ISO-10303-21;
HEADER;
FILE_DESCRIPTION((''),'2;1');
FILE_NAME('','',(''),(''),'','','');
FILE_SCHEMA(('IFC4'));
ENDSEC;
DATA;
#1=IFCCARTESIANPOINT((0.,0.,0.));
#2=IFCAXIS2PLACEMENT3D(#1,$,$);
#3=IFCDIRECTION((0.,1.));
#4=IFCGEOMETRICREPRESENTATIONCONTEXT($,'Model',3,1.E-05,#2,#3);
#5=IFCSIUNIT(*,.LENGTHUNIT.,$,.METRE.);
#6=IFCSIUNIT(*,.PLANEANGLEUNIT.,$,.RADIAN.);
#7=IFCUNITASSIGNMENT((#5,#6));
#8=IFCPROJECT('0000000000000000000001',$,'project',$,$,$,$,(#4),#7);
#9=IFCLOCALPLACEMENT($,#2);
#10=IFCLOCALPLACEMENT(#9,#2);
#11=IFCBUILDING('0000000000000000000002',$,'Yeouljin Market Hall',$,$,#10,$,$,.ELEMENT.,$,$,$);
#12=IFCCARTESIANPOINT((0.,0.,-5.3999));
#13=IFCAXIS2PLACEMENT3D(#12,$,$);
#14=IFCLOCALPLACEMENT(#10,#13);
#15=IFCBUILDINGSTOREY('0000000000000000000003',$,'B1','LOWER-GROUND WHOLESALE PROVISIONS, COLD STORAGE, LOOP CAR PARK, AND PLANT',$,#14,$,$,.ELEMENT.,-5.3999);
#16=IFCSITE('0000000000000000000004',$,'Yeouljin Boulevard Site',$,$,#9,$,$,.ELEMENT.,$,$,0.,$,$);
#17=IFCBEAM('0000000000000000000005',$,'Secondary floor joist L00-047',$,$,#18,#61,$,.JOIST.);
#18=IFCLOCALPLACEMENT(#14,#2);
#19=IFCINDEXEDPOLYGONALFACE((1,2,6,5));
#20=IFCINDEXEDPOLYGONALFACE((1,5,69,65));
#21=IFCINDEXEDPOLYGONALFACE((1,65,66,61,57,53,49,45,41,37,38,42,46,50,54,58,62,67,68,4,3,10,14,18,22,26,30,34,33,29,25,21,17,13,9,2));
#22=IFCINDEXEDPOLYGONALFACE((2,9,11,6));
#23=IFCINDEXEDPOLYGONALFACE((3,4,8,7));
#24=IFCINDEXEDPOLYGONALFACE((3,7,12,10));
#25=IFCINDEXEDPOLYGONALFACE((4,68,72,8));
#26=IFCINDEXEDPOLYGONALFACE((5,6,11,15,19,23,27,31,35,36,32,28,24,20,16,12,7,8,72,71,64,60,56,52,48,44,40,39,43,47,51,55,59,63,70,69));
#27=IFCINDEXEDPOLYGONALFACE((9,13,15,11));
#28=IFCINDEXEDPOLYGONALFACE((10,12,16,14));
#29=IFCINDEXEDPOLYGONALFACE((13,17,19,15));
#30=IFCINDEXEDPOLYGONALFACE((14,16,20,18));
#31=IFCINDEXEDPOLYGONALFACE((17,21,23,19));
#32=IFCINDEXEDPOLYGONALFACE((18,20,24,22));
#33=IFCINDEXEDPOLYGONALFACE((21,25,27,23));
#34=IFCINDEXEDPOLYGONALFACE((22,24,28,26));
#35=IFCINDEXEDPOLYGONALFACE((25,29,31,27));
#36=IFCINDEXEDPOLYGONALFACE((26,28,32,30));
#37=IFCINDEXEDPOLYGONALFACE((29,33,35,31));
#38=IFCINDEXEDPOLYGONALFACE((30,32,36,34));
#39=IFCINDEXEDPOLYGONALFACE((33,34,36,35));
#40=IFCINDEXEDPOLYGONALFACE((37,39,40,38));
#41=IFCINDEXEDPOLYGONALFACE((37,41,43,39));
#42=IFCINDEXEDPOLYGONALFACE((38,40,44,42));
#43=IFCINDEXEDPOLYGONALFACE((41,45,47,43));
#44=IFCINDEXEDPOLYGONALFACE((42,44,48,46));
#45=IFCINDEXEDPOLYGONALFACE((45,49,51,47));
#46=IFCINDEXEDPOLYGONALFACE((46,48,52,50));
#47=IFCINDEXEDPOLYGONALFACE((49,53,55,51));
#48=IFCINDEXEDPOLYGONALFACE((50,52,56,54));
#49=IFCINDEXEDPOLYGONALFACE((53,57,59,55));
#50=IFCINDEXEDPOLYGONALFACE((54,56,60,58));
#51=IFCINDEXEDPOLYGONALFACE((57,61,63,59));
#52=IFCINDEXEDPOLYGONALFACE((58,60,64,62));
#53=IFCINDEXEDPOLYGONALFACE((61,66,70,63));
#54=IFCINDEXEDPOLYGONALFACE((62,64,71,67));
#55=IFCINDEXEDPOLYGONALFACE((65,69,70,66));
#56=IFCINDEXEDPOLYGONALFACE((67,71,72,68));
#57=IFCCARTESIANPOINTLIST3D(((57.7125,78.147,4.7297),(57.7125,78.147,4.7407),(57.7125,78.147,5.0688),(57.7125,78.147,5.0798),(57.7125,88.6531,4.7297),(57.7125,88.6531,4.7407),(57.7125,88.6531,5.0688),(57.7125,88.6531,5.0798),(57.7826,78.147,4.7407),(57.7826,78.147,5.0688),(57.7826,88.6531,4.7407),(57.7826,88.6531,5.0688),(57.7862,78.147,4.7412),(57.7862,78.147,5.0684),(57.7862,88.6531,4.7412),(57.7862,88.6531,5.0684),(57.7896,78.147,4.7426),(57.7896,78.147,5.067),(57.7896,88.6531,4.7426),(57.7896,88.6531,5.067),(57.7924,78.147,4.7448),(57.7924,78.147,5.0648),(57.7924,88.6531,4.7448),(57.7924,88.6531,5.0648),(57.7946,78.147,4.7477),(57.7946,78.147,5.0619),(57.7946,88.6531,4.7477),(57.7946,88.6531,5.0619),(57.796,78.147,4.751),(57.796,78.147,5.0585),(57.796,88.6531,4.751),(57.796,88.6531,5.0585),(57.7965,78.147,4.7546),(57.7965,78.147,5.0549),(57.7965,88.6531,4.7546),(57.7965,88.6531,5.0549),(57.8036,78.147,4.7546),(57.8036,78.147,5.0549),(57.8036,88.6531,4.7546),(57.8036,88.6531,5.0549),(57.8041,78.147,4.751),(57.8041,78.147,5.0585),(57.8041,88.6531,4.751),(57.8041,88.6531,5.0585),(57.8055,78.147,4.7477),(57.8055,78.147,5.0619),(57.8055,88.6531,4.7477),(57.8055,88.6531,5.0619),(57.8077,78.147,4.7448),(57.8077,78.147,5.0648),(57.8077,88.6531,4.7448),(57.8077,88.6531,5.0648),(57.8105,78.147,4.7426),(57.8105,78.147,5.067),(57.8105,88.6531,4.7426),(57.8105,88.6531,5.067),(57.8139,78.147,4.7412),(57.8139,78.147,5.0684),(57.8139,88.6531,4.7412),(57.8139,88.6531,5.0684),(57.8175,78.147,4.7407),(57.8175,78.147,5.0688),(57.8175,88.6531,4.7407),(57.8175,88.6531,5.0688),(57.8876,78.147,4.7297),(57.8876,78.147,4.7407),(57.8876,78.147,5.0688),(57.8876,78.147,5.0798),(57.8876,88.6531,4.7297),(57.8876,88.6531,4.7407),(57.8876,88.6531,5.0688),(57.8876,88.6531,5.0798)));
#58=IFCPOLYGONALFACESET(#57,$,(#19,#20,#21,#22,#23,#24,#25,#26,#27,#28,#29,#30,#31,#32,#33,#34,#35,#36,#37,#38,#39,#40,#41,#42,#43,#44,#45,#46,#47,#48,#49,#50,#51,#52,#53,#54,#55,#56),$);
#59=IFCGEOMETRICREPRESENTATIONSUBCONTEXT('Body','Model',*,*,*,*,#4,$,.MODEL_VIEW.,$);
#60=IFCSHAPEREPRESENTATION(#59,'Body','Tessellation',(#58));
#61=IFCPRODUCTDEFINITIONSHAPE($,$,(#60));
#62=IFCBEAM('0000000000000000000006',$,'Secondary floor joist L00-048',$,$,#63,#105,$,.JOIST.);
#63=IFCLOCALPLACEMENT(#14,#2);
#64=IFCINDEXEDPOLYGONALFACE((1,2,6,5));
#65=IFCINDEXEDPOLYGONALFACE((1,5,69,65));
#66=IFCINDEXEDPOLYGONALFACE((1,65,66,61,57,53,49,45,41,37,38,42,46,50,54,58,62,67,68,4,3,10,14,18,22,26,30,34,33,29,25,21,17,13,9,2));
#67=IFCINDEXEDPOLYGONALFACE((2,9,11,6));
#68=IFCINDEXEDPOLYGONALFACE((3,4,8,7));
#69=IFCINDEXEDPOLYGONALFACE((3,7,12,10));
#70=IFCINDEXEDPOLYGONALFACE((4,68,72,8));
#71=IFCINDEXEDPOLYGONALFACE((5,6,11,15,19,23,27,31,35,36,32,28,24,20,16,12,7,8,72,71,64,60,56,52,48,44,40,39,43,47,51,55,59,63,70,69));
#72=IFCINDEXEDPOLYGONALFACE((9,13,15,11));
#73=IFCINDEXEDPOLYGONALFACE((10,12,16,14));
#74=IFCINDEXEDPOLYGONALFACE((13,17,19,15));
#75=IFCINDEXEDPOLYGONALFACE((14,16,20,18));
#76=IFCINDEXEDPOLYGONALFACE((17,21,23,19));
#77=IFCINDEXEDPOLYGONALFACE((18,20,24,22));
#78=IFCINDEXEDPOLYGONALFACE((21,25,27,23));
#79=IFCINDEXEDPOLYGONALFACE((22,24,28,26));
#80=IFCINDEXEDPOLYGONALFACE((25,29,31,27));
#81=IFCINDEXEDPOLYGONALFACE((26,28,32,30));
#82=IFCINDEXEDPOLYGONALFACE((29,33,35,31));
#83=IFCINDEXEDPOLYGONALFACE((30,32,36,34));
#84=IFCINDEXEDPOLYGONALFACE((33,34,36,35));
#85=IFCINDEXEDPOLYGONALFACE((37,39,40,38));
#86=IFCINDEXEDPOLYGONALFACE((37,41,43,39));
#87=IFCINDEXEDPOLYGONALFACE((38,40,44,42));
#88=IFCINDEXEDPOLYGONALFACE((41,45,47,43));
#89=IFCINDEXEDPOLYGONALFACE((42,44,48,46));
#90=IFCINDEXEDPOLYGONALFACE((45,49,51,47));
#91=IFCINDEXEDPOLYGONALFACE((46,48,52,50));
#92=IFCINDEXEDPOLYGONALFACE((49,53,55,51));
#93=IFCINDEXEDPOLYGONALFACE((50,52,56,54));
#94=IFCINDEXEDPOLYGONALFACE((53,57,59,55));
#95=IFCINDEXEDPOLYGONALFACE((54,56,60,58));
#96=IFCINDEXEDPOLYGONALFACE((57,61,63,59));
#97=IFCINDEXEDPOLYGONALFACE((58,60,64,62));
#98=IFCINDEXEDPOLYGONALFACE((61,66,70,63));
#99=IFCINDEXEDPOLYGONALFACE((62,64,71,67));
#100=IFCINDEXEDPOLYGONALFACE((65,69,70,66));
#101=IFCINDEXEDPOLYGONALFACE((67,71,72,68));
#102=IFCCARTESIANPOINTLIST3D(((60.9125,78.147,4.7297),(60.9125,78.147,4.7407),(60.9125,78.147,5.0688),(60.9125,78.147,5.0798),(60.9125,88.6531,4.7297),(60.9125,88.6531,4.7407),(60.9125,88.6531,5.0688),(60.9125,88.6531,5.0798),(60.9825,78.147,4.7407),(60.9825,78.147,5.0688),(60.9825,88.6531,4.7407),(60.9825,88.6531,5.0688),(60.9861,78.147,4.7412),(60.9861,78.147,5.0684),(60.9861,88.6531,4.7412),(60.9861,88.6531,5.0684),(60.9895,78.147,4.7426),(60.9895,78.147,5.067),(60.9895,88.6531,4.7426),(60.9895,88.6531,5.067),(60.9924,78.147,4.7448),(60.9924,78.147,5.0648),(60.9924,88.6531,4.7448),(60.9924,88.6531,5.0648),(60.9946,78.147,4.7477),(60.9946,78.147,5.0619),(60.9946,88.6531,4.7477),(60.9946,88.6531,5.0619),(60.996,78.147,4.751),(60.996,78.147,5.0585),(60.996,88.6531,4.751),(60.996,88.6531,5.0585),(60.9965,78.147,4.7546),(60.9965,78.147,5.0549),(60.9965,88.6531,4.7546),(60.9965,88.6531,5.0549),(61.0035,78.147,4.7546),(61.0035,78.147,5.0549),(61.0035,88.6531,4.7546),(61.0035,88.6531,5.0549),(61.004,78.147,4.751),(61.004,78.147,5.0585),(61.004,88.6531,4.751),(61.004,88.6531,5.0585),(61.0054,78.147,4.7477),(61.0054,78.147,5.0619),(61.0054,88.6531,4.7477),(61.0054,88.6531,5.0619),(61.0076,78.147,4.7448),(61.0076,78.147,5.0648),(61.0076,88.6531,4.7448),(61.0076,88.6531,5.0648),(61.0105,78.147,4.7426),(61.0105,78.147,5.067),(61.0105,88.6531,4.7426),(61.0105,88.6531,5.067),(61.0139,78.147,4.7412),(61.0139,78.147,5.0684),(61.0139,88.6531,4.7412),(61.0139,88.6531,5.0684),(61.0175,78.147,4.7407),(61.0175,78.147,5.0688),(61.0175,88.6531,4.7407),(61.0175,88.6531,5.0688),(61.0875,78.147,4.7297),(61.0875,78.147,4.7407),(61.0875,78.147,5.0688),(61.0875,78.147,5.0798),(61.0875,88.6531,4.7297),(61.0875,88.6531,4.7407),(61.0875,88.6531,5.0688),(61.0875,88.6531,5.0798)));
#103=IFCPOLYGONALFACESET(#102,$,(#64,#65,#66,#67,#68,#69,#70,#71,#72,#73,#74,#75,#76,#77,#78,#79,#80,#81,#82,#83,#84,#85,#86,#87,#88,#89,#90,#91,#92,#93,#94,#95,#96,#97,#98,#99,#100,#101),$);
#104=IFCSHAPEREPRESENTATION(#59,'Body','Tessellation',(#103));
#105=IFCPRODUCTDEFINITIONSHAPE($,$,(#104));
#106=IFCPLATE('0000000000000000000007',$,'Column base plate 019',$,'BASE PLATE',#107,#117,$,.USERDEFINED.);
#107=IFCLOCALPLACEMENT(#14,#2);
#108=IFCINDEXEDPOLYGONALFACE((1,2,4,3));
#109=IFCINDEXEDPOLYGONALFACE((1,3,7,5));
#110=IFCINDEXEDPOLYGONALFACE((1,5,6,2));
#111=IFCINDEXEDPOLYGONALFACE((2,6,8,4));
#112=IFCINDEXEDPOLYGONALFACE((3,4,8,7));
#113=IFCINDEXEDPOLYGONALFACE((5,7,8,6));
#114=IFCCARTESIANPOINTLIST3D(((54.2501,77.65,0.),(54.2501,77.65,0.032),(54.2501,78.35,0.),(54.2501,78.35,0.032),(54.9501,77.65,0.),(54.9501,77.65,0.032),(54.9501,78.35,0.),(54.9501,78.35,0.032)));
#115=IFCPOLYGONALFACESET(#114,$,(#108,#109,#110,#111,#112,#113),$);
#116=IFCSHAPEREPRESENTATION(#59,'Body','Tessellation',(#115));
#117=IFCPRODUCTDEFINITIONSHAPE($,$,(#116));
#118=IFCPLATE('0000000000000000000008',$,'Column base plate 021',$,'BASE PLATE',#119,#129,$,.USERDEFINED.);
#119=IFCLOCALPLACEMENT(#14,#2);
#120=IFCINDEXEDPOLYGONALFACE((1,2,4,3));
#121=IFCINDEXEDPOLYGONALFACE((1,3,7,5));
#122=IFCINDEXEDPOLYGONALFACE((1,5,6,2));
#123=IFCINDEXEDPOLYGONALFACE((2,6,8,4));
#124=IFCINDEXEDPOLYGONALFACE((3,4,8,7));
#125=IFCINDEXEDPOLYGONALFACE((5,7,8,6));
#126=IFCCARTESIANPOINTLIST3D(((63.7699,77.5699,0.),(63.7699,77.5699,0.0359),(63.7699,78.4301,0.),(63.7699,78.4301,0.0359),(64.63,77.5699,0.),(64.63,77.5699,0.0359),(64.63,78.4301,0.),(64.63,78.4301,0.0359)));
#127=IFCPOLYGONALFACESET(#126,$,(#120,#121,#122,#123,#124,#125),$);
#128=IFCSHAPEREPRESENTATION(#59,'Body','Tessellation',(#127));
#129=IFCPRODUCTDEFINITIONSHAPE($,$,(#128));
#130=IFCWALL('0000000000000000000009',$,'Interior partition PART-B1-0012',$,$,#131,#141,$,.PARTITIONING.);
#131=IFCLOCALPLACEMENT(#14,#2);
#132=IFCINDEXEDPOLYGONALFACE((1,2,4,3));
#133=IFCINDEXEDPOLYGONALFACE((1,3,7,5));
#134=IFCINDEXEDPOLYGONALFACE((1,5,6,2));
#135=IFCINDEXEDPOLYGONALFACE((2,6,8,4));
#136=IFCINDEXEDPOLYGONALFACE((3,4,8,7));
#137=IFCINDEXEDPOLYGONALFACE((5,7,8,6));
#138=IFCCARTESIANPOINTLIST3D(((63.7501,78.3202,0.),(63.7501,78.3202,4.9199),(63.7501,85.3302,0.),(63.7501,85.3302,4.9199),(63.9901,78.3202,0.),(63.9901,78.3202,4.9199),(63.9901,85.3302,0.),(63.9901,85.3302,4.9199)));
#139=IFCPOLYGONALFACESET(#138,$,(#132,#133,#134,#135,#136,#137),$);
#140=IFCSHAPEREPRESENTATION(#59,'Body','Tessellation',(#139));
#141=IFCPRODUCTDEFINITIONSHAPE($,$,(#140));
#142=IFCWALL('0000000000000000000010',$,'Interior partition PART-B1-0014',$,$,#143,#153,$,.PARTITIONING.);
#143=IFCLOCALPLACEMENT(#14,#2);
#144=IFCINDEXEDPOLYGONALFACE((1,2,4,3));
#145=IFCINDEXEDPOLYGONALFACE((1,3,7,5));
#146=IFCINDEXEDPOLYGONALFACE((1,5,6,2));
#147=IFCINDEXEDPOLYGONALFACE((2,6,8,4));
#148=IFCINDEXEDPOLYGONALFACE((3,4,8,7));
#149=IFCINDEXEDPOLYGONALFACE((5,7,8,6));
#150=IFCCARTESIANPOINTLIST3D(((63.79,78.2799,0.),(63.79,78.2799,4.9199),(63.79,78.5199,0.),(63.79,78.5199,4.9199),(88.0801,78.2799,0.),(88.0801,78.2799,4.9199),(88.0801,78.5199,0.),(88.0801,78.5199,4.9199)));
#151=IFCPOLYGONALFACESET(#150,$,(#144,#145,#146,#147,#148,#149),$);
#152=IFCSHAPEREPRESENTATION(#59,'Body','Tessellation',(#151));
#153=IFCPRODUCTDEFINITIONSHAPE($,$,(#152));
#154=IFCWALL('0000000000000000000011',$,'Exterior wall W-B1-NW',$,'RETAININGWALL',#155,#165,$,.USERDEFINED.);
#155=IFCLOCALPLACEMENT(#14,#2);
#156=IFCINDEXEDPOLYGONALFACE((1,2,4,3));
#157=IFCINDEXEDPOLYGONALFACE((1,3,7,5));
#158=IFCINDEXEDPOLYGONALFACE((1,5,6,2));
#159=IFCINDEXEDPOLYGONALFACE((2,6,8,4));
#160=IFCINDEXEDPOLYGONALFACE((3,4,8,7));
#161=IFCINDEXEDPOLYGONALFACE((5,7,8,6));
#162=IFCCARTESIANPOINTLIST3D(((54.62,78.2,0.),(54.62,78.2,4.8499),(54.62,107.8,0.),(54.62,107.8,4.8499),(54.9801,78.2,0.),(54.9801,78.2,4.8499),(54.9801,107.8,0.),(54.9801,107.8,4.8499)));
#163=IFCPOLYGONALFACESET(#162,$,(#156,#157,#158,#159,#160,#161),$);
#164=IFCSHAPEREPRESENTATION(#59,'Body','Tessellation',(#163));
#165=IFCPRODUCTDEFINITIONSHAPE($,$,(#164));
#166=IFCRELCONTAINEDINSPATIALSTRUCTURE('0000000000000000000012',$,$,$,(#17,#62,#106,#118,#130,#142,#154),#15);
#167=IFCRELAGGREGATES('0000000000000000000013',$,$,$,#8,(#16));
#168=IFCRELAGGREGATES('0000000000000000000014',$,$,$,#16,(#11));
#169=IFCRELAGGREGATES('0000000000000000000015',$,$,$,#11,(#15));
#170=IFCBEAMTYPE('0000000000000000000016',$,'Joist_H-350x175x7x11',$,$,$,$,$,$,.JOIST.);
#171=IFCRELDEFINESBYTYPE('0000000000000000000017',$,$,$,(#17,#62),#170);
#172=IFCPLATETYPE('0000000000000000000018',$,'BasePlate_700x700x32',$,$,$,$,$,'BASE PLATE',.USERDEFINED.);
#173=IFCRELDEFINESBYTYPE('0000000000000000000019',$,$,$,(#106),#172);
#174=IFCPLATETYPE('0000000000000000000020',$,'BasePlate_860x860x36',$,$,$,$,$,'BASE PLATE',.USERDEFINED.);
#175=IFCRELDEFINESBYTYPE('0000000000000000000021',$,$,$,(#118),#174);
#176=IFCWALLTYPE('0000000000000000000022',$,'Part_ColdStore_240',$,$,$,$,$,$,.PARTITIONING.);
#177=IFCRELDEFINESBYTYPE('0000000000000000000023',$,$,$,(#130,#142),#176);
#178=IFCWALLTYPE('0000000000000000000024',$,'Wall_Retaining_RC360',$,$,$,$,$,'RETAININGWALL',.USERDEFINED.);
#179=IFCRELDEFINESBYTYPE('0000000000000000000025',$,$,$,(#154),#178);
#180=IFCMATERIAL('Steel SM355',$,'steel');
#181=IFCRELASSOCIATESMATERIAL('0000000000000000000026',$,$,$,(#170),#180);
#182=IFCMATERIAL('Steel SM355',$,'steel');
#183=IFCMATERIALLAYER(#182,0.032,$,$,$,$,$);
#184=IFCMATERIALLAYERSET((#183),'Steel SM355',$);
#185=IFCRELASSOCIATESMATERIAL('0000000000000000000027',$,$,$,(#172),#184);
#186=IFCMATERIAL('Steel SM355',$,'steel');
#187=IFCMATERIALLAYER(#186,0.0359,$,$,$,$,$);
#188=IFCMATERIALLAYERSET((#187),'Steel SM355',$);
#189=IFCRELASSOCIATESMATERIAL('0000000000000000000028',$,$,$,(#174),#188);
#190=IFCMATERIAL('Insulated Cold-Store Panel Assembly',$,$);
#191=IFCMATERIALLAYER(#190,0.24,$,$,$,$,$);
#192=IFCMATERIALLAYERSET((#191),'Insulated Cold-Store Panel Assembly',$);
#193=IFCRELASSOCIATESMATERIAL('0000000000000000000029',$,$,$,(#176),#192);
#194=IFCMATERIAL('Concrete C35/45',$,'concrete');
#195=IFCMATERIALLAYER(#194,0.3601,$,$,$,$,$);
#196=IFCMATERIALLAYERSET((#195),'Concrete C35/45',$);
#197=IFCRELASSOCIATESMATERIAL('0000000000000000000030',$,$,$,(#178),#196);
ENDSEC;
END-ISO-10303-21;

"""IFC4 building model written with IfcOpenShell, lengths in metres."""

from ifc_helpers import new_model, si_unit, direction, frame, frame_2d, origin, origin_2d, place, context, subcontext, project, spatial, rectangle, i_section, extrude, material, layer, layer_set, material_profile, profile_set, type_object, element, save


model = new_model("IFC4")

# Units and contexts
model_context = context("Model", 3, precision=1e-05, world=origin(), true_north=direction((0.0, 1.0)))
body_context = subcontext(model_context, "Body", "Model", "MODEL_VIEW")
ifc_project = project(units=[si_unit("LENGTHUNIT", "METRE"), si_unit("PLANEANGLEUNIT", "RADIAN")], contexts=[model_context])

# Site, building, storey
site_placement = place(None, origin())
site = spatial("IfcSite", under=ifc_project, at=site_placement, Name="Yeouljin Boulevard Site", CompositionType="ELEMENT", RefElevation=0.0)
building_placement = place(site_placement, origin())
building = spatial("IfcBuilding", under=site, at=building_placement, Name="Yeouljin Market Hall", CompositionType="ELEMENT")
storey_placement = place(building_placement, frame((0.0, 0.0, -5.3999)))
storey = spatial("IfcBuildingStorey", under=building, at=storey_placement, Name="B1", Description="LOWER-GROUND WHOLESALE PROVISIONS, COLD STORAGE, LOOP CAR PARK, AND PLANT", CompositionType="ELEMENT", Elevation=-5.3999)

# Beams
ifc_material_1 = material(Name="Steel SM355", Category="steel")
ifc_material_profile_1 = material_profile(ifc_material_1, i_section(OverallWidth=0.175, OverallDepth=0.3501, WebThickness=0.0071, FlangeThickness=0.011, FilletRadius=0.0139, at=origin_2d()), Name="H-350x175x7x11")
ifc_profile_set_1 = profile_set([ifc_material_profile_1], Name="Steel SM355")
beam_type_1 = type_object("IfcBeamType", Name="Joist_H-350x175x7x11", PredefinedType="JOIST", material=ifc_profile_set_1)
for number, where, z_axis, x_axis, name in (
    (1, (57.8, 78.147, 4.9048), (0.0, 1.0, 0.0), (-1.0, 0.0, 0.0), "Secondary floor joist L00-047"),
    (2, (61.0, 78.147, 4.9048), (0.0, 1.0, 0.0), (-1.0, 0.0, 0.0), "Secondary floor joist L00-048"),
):
    element("IfcBeam", number, at=place(storey_placement, frame(where, z_axis=z_axis, x_axis=x_axis)), inside=storey, type_object=beam_type_1, Name=name, PredefinedType="JOIST", context=body_context, shape_type="SweptSolid", body=[
        extrude(i_section(OverallWidth=0.175, OverallDepth=0.3501, WebThickness=0.0071, FlangeThickness=0.011, FilletRadius=0.0139, at=origin_2d()), origin(), (0.0, 0.0, 1.0), 10.5061),
    ])

# Plates
ifc_material_2 = material(Name="Steel SM355", Category="steel")
ifc_layer_1 = layer(ifc_material_2, 0.032)
ifc_layer_set_1 = layer_set([ifc_layer_1], Name="Steel SM355")
plate_type_1 = type_object("IfcPlateType", Name="BasePlate_700x700x32", ElementType="BASE PLATE", PredefinedType="USERDEFINED", material=ifc_layer_set_1)
plate_1_placement = place(storey_placement, frame((54.6001, 78.0, 0.0), z_axis=(0.0, 0.0, 1.0), x_axis=(1.0, 0.0, 0.0)))
element("IfcPlate", 3, at=plate_1_placement, inside=storey, type_object=plate_type_1, Name="Column base plate 019", ObjectType="BASE PLATE", PredefinedType="USERDEFINED", context=body_context, shape_type="SweptSolid", body=[
    extrude(rectangle(XDim=0.7, YDim=0.7, at=origin_2d()), origin(), (0.0, 0.0, 1.0), 0.032),
])
ifc_material_3 = material(Name="Steel SM355", Category="steel")
ifc_layer_2 = layer(ifc_material_3, 0.0359)
ifc_layer_set_2 = layer_set([ifc_layer_2], Name="Steel SM355")
plate_type_2 = type_object("IfcPlateType", Name="BasePlate_860x860x36", ElementType="BASE PLATE", PredefinedType="USERDEFINED", material=ifc_layer_set_2)
plate_2_placement = place(storey_placement, frame((64.2, 78.0, 0.0), z_axis=(0.0, 0.0, 1.0), x_axis=(1.0, 0.0, 0.0)))
element("IfcPlate", 4, at=plate_2_placement, inside=storey, type_object=plate_type_2, Name="Column base plate 021", ObjectType="BASE PLATE", PredefinedType="USERDEFINED", context=body_context, shape_type="SweptSolid", body=[
    extrude(rectangle(XDim=0.8601, YDim=0.8601, at=origin_2d()), origin(), (0.0, 0.0, 1.0), 0.0359),
])

# Walls
ifc_material_4 = material(Name="Insulated Cold-Store Panel Assembly")
ifc_layer_3 = layer(ifc_material_4, 0.24)
ifc_layer_set_3 = layer_set([ifc_layer_3], Name="Insulated Cold-Store Panel Assembly")
wall_type_1 = type_object("IfcWallType", Name="Part_ColdStore_240", PredefinedType="PARTITIONING", material=ifc_layer_set_3)
wall_1_placement = place(storey_placement, frame((63.8701, 85.3301, 0.0), z_axis=(0.0, 0.0, 1.0), x_axis=(0.0, -1.0, 0.0)))
element("IfcWall", 5, at=wall_1_placement, inside=storey, type_object=wall_type_1, Name="Interior partition PART-B1-0012", PredefinedType="PARTITIONING", context=body_context, shape_type="SweptSolid", body=[
    extrude(rectangle(XDim=7.01, YDim=0.24, at=frame_2d((3.5049, 0.0))), origin(), (0.0, 0.0, 1.0), 4.9199),
])
wall_2_placement = place(storey_placement, frame((63.79, 78.3999, 0.0), z_axis=(0.0, 0.0, 1.0), x_axis=(1.0, 0.0, 0.0)))
element("IfcWall", 6, at=wall_2_placement, inside=storey, type_object=wall_type_1, Name="Interior partition PART-B1-0014", PredefinedType="PARTITIONING", context=body_context, shape_type="SweptSolid", body=[
    extrude(rectangle(XDim=24.29, YDim=0.24, at=frame_2d((12.145, 0.0))), origin(), (0.0, 0.0, 1.0), 4.9199),
])
ifc_material_5 = material(Name="Concrete C35/45", Category="concrete")
ifc_layer_4 = layer(ifc_material_5, 0.3601)
ifc_layer_set_4 = layer_set([ifc_layer_4], Name="Concrete C35/45")
wall_type_2 = type_object("IfcWallType", Name="Wall_Retaining_RC360", ElementType="RETAININGWALL", PredefinedType="USERDEFINED", material=ifc_layer_set_4)
wall_3_placement = place(storey_placement, frame((54.8, 78.2, 0.0), z_axis=(0.0, 0.0, 1.0), x_axis=(0.0, 1.0, 0.0)))
element("IfcWall", 7, at=wall_3_placement, inside=storey, type_object=wall_type_2, Name="Exterior wall W-B1-NW", ObjectType="RETAININGWALL", PredefinedType="USERDEFINED", context=body_context, shape_type="SweptSolid", body=[
    extrude(rectangle(XDim=29.6001, YDim=0.3601, at=frame_2d((14.8, 0.0))), origin(), (0.0, 0.0, 1.0), 4.8499),
])

save(model, "model.ifc")
